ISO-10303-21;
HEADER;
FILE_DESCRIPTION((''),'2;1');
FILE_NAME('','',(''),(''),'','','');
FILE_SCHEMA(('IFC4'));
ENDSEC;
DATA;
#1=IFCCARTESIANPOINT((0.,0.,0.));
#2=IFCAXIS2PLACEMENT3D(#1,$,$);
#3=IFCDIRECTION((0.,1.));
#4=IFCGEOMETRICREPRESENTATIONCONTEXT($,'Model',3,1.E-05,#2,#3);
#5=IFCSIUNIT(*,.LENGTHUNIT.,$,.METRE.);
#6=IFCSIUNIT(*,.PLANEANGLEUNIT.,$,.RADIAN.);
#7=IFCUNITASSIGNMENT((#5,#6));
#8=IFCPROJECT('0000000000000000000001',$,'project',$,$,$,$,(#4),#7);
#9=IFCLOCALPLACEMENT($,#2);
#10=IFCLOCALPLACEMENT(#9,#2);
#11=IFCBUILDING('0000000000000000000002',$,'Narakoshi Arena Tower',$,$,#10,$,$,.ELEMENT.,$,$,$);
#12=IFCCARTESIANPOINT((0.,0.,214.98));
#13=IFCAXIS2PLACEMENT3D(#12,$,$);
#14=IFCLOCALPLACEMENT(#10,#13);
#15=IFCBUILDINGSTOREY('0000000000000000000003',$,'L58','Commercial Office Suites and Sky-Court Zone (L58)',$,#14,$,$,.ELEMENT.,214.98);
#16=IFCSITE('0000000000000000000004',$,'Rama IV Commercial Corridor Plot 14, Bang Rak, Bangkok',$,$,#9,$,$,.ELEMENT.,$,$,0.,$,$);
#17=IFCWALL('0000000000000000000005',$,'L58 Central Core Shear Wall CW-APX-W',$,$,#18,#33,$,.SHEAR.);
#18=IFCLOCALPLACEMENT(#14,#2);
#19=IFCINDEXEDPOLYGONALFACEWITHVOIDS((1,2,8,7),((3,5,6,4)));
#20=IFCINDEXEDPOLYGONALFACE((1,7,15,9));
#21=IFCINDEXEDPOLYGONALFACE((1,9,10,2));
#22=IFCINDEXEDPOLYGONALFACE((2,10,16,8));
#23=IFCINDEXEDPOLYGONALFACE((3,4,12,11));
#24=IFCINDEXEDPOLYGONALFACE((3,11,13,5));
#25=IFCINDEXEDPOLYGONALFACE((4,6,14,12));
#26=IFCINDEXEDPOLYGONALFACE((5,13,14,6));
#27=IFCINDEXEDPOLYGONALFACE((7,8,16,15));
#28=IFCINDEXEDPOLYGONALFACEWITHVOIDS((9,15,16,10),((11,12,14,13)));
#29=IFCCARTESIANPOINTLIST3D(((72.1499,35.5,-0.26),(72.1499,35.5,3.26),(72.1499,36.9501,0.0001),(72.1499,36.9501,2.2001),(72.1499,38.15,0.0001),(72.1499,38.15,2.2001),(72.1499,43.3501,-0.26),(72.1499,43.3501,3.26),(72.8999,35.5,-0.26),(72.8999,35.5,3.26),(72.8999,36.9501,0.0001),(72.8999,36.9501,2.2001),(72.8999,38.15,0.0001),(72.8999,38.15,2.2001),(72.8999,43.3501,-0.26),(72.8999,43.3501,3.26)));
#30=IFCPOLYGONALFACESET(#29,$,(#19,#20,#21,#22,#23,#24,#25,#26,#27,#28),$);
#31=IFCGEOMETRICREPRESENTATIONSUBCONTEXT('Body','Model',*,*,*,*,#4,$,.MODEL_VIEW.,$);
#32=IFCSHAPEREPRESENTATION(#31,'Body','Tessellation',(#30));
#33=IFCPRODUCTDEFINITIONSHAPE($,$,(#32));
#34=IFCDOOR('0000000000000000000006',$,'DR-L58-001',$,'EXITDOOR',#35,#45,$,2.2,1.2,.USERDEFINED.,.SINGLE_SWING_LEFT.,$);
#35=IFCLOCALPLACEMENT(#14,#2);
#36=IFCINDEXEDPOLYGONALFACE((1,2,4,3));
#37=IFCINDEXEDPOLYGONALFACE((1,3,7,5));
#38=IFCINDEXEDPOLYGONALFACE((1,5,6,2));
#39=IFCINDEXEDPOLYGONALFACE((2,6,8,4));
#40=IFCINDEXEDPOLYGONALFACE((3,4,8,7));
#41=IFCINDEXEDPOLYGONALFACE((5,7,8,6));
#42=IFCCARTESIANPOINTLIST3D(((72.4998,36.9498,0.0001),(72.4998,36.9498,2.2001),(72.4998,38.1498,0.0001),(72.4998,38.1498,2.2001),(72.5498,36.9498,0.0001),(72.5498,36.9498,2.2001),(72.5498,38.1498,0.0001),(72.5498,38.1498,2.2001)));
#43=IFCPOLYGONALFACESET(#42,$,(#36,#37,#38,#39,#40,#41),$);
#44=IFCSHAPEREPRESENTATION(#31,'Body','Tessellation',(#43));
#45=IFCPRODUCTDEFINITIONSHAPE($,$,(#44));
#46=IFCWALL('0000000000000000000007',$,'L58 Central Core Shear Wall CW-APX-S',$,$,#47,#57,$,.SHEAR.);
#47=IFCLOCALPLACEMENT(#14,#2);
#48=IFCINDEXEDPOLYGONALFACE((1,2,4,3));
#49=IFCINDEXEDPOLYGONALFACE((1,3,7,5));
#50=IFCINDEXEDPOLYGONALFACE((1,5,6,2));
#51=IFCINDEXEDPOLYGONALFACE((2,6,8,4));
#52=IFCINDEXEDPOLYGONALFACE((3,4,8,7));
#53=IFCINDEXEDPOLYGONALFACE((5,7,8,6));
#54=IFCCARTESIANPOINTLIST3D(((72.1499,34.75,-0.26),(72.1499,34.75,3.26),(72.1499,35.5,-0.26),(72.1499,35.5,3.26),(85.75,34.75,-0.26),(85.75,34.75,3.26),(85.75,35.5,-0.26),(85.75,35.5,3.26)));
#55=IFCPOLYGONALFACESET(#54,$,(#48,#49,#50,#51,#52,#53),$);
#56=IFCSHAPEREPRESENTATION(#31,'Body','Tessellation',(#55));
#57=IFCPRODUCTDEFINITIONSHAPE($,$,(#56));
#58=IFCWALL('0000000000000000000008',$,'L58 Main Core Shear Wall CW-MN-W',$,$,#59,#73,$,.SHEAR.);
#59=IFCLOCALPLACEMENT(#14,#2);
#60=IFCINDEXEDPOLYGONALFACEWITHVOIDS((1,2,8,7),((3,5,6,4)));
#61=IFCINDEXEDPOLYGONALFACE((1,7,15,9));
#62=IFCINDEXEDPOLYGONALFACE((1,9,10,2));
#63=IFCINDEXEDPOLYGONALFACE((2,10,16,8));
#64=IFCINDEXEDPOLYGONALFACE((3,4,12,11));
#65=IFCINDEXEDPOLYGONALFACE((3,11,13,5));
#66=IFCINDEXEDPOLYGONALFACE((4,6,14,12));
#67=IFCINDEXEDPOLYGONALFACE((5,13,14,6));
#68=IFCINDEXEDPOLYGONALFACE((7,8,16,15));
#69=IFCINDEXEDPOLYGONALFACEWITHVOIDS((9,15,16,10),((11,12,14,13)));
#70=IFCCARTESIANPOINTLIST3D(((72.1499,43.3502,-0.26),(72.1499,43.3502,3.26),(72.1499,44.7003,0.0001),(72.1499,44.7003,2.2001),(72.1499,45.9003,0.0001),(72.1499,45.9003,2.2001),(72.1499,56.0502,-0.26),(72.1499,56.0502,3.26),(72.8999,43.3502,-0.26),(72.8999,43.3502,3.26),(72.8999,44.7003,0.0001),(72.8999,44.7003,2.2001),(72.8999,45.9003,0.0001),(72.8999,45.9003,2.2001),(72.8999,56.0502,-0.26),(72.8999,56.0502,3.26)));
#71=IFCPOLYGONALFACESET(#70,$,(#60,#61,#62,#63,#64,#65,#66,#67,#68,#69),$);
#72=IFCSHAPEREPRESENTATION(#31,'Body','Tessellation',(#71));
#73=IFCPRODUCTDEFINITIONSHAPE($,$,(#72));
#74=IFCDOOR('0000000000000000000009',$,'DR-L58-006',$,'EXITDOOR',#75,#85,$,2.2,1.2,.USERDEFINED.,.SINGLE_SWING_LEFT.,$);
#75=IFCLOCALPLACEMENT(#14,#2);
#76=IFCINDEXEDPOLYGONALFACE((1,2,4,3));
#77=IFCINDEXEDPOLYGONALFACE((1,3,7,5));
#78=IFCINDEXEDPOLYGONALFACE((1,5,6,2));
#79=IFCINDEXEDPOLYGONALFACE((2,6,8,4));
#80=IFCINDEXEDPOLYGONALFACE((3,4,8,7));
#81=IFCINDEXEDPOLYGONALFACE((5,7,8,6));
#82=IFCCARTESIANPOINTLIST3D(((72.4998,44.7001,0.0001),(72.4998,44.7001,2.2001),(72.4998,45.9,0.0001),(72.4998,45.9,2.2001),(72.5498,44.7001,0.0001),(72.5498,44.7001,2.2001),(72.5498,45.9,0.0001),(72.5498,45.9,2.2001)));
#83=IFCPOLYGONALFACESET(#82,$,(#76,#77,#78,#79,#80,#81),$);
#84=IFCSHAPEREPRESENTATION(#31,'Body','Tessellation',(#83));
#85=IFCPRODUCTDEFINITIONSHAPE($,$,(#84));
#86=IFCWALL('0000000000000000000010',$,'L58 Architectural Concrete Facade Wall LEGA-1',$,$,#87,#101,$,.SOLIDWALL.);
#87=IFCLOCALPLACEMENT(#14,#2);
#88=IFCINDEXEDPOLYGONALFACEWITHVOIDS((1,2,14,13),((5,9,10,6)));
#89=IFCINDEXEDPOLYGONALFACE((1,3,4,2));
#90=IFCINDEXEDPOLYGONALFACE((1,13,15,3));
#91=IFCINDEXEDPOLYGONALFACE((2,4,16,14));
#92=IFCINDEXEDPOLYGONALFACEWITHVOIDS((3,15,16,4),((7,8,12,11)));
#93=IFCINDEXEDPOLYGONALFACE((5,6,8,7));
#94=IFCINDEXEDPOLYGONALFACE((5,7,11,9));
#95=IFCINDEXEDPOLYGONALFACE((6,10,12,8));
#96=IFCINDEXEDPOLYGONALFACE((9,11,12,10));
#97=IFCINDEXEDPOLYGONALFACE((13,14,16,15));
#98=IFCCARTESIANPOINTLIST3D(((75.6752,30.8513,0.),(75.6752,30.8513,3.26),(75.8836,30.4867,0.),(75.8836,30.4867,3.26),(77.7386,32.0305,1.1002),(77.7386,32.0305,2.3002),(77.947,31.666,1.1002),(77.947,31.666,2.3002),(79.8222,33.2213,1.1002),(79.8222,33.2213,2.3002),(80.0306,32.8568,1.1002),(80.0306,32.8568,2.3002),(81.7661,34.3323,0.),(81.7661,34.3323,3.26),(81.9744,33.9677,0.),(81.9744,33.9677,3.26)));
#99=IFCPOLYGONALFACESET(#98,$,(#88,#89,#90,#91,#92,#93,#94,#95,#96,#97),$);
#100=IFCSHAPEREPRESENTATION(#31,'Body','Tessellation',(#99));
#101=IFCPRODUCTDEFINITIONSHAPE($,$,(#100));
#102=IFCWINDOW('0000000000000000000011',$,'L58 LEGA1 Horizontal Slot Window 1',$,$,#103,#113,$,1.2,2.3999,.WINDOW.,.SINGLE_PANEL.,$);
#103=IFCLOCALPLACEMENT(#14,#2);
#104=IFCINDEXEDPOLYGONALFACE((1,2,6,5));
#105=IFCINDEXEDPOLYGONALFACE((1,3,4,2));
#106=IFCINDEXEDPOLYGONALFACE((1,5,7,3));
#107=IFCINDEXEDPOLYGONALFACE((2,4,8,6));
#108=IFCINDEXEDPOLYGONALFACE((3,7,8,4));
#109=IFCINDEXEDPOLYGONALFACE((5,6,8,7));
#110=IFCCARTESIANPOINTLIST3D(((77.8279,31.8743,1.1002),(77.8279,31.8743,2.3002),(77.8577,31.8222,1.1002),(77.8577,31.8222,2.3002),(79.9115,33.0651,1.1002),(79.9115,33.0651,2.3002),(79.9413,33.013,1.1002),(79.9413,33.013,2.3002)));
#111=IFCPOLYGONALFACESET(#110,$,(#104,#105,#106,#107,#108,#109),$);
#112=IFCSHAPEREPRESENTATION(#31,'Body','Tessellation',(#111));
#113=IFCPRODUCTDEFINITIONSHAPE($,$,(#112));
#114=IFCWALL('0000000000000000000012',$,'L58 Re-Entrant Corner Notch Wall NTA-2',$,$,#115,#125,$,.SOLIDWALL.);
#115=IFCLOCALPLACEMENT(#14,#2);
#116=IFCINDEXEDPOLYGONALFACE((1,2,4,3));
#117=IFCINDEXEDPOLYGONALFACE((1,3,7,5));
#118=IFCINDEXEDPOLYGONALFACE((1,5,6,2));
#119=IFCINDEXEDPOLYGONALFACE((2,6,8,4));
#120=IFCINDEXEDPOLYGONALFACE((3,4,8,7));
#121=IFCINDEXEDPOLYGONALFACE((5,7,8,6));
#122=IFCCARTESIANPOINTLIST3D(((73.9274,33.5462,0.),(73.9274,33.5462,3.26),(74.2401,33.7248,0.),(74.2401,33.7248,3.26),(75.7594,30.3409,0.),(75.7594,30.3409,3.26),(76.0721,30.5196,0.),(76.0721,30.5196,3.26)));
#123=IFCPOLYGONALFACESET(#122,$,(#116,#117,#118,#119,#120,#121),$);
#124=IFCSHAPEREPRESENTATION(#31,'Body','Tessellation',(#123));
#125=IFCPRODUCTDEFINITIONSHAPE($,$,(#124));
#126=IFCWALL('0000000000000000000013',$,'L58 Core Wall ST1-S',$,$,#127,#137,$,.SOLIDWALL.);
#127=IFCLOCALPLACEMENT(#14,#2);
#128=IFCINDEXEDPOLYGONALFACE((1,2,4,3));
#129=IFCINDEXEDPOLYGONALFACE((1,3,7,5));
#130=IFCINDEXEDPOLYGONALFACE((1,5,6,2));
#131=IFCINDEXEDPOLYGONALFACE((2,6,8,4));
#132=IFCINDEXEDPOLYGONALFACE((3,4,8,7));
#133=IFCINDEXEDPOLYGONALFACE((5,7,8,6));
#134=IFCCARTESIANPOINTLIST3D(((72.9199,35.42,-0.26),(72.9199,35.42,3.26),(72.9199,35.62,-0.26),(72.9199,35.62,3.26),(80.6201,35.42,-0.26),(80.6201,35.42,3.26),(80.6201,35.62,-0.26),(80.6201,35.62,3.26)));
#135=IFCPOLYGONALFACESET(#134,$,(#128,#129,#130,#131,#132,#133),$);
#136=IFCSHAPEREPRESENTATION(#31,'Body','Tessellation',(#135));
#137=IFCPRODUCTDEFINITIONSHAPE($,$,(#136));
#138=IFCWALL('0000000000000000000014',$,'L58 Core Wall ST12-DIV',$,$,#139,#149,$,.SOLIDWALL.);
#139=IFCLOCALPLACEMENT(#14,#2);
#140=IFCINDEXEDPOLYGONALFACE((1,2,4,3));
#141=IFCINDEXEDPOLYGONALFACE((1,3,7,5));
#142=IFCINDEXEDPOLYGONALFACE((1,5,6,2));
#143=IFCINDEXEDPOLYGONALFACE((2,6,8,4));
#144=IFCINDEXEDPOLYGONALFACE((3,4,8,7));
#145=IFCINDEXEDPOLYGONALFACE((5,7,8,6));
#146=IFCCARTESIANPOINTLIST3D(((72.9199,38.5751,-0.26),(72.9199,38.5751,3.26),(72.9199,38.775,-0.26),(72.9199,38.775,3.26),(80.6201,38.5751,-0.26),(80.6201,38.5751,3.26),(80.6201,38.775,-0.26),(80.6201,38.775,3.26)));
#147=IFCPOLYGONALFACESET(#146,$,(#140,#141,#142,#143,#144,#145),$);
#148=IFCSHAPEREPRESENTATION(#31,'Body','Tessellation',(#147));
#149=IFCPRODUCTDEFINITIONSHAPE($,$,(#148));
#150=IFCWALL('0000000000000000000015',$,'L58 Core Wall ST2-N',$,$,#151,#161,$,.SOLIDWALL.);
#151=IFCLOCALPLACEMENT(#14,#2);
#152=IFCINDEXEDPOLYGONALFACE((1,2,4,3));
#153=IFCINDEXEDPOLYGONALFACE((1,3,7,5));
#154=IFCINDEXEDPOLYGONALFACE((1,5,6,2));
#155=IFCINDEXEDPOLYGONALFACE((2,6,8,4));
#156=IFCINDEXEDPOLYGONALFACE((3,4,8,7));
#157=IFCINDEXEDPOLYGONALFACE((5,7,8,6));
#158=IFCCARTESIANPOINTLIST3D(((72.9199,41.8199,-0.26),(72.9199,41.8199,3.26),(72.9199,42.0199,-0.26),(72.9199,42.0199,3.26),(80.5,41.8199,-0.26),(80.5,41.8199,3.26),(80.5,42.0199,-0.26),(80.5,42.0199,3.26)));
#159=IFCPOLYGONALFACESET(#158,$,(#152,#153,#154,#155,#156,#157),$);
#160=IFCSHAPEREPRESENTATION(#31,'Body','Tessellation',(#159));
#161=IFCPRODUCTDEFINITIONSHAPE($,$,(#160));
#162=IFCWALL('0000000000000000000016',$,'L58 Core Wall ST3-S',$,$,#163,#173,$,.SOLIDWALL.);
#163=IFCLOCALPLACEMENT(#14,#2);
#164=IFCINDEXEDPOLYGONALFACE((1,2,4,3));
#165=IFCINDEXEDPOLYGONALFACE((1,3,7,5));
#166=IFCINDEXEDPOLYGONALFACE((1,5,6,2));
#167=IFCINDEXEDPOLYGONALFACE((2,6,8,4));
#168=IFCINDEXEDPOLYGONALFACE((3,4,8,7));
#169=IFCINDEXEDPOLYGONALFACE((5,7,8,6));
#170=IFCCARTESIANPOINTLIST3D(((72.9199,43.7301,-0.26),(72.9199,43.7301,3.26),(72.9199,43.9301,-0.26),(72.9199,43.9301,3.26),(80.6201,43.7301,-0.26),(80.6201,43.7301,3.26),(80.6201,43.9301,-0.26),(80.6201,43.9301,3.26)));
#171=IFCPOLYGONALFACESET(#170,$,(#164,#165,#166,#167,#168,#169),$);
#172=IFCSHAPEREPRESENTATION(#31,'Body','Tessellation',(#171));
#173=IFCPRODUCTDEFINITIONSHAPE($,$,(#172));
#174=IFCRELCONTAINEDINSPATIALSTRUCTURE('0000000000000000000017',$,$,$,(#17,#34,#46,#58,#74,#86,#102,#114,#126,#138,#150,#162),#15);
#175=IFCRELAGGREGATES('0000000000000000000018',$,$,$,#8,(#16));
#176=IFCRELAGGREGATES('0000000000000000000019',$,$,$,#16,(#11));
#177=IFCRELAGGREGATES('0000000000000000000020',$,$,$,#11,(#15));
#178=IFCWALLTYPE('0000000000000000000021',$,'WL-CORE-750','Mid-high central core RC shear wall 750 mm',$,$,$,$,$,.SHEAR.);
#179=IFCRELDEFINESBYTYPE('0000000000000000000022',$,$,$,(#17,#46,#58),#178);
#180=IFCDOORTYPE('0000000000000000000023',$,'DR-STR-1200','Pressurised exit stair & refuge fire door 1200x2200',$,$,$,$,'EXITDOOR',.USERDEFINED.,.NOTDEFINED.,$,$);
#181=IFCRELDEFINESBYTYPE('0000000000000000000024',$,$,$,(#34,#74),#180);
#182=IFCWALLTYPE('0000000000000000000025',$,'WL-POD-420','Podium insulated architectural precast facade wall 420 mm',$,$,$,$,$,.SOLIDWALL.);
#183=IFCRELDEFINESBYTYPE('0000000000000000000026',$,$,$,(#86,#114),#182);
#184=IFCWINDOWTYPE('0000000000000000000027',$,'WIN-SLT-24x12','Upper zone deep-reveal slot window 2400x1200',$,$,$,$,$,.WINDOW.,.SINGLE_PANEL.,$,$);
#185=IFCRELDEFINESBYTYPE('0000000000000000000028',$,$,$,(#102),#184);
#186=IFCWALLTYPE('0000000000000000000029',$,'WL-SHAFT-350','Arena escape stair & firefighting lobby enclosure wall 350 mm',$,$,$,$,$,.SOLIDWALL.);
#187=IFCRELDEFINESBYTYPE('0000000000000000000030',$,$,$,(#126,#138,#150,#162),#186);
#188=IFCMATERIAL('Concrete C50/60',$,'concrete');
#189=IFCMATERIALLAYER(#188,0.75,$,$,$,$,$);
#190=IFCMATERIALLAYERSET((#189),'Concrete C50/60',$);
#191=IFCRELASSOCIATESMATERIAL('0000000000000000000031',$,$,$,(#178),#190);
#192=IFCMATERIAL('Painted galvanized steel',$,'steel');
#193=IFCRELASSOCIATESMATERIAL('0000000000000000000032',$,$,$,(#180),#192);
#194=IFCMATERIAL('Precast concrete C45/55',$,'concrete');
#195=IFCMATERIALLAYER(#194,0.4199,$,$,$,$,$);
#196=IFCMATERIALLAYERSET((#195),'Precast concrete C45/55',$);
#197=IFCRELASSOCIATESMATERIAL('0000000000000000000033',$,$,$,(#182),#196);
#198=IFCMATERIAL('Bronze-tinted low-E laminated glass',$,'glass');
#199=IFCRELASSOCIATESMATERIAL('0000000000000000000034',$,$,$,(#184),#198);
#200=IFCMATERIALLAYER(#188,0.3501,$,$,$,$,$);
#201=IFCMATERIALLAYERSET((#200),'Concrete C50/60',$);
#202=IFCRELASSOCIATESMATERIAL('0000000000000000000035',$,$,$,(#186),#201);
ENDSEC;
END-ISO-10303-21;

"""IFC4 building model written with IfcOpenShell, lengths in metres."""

from ifc_helpers import new_model, si_unit, direction, frame, frame_2d, origin, place, context, subcontext, project, spatial, rectangle, extrude, material, layer, layer_set, type_object, element, fill, save


model = new_model("IFC4")

# Units and contexts
model_context = context("Model", 3, precision=1e-05, world=origin(), true_north=direction((0.0, 1.0)))
body_context = subcontext(model_context, "Body", "Model", "MODEL_VIEW")
ifc_project = project(units=[si_unit("LENGTHUNIT", "METRE"), si_unit("PLANEANGLEUNIT", "RADIAN")], contexts=[model_context])

# Site, building, storey
site_placement = place(None, origin())
site = spatial("IfcSite", under=ifc_project, at=site_placement, Name="Rama IV Commercial Corridor Plot 14, Bang Rak, Bangkok", CompositionType="ELEMENT", RefElevation=0.0)
building_placement = place(site_placement, origin())
building = spatial("IfcBuilding", under=site, at=building_placement, Name="Narakoshi Arena Tower", CompositionType="ELEMENT")
storey_placement = place(building_placement, frame((0.0, 0.0, 214.98)))
storey = spatial("IfcBuildingStorey", under=building, at=storey_placement, Name="L58", Description="Commercial Office Suites and Sky-Court Zone (L58)", CompositionType="ELEMENT", Elevation=214.98)

# Wall, opening, door
ifc_material_1 = material(Name="Concrete C50/60", Category="concrete")
ifc_layer_1 = layer(ifc_material_1, 0.75)
ifc_layer_set_1 = layer_set([ifc_layer_1], Name="Concrete C50/60")
wall_type_1 = type_object("IfcWallType", Name="WL-CORE-750", Description="Mid-high central core RC shear wall 750 mm", PredefinedType="SHEAR", material=ifc_layer_set_1)
wall_1_placement = place(storey_placement, frame((72.5249, 35.5, -0.26), z_axis=(0.0, 0.0, 1.0), x_axis=(0.0, 1.0, 0.0)))
wall_1 = element("IfcWall", 1, at=wall_1_placement, inside=storey, type_object=wall_type_1, Name="L58 Central Core Shear Wall CW-APX-W", PredefinedType="SHEAR", context=body_context, shape_type="SweptSolid", body=[
    extrude(rectangle(XDim=7.8501, YDim=0.75, at=frame_2d((3.925, 0.0))), origin(), (0.0, 0.0, 1.0), 3.52),
])
opening_1_placement = place(wall_1_placement, frame((1.45, 0.0, 0.26)))
opening_1 = element("IfcOpeningElement", 2, at=opening_1_placement, cuts=wall_1, PredefinedType="OPENING", context=body_context, shape_type="SweptSolid", body=[
    extrude(rectangle(XDim=1.2, YDim=2.2, at=frame_2d((0.6001, 1.1001))), frame((0.0, 0.385, 0.0), z_axis=(0.0, -1.0, 0.0), x_axis=(1.0, 0.0, 0.0)), (0.0, 0.0, 1.0), 0.77),
])
ifc_material_2 = material(Name="Painted galvanized steel", Category="steel")
door_type = type_object("IfcDoorType", Name="DR-STR-1200", Description="Pressurised exit stair & refuge fire door 1200x2200", ElementType="EXITDOOR", OperationType="NOTDEFINED", PredefinedType="USERDEFINED", material=ifc_material_2)
door_1_placement = place(opening_1_placement, frame((1.2, 0.0, 0.0), z_axis=(0.0, 0.0, 1.0), x_axis=(-1.0, 0.0, 0.0)))
door_1 = element("IfcDoor", 3, at=door_1_placement, inside=storey, type_object=door_type, Name="DR-L58-001", ObjectType="EXITDOOR", OperationType="SINGLE_SWING_LEFT", OverallHeight=2.2, OverallWidth=1.2, PredefinedType="USERDEFINED", context=body_context, shape_type="SweptSolid", body=[
    extrude(rectangle(XDim=1.2, YDim=2.2, at=frame_2d((0.6001, 1.1001))), frame((0.0, 0.0249, 0.0), z_axis=(0.0, -1.0, 0.0), x_axis=(1.0, 0.0, 0.0)), (0.0, 0.0, 1.0), 0.05),
])
fill(opening_1, door_1)

# Wall
wall_2_placement = place(storey_placement, frame((72.1499, 35.125, -0.26), z_axis=(0.0, 0.0, 1.0), x_axis=(1.0, 0.0, 0.0)))
element("IfcWall", 4, at=wall_2_placement, inside=storey, type_object=wall_type_1, Name="L58 Central Core Shear Wall CW-APX-S", PredefinedType="SHEAR", context=body_context, shape_type="SweptSolid", body=[
    extrude(rectangle(XDim=13.6001, YDim=0.75, at=frame_2d((6.8, 0.0))), origin(), (0.0, 0.0, 1.0), 3.52),
])

# Wall, opening, door
wall_3_placement = place(storey_placement, frame((72.5249, 43.3501, -0.26), z_axis=(0.0, 0.0, 1.0), x_axis=(0.0, 1.0, 0.0)))
wall_3 = element("IfcWall", 5, at=wall_3_placement, inside=storey, type_object=wall_type_1, Name="L58 Main Core Shear Wall CW-MN-W", PredefinedType="SHEAR", context=body_context, shape_type="SweptSolid", body=[
    extrude(rectangle(XDim=12.7, YDim=0.75, at=frame_2d((6.3501, 0.0))), origin(), (0.0, 0.0, 1.0), 3.52),
])
opening_2_placement = place(wall_3_placement, frame((1.3501, 0.0, 0.26)))
opening_2 = element("IfcOpeningElement", 6, at=opening_2_placement, cuts=wall_3, PredefinedType="OPENING", context=body_context, shape_type="SweptSolid", body=[
    extrude(rectangle(XDim=1.2, YDim=2.2, at=frame_2d((0.6001, 1.1001))), frame((0.0, 0.385, 0.0), z_axis=(0.0, -1.0, 0.0), x_axis=(1.0, 0.0, 0.0)), (0.0, 0.0, 1.0), 0.77),
])
door_2_placement = place(opening_2_placement, frame((1.2, 0.0, 0.0), z_axis=(0.0, 0.0, 1.0), x_axis=(-1.0, 0.0, 0.0)))
door_2 = element("IfcDoor", 7, at=door_2_placement, inside=storey, type_object=door_type, Name="DR-L58-006", ObjectType="EXITDOOR", OperationType="SINGLE_SWING_LEFT", OverallHeight=2.2, OverallWidth=1.2, PredefinedType="USERDEFINED", context=body_context, shape_type="SweptSolid", body=[
    extrude(rectangle(XDim=1.2, YDim=2.2, at=frame_2d((0.6001, 1.1001))), frame((0.0, 0.0249, 0.0), z_axis=(0.0, -1.0, 0.0), x_axis=(1.0, 0.0, 0.0)), (0.0, 0.0, 1.0), 0.05),
])
fill(opening_2, door_2)

# Wall, opening, window
ifc_material_3 = material(Name="Precast concrete C45/55", Category="concrete")
ifc_layer_2 = layer(ifc_material_3, 0.4199)
ifc_layer_set_2 = layer_set([ifc_layer_2], Name="Precast concrete C45/55")
wall_type_2 = type_object("IfcWallType", Name="WL-POD-420", Description="Podium insulated architectural precast facade wall 420 mm", PredefinedType="SOLIDWALL", material=ifc_layer_set_2)
wall_4_placement = place(storey_placement, frame((75.7793, 30.6689, 0.0), z_axis=(0.0, 0.0, 1.0), x_axis=(0.868213, 0.496191, 0.0)))
wall_4 = element("IfcWall", 8, at=wall_4_placement, inside=storey, type_object=wall_type_2, Name="L58 Architectural Concrete Facade Wall LEGA-1", PredefinedType="SOLIDWALL", context=body_context, shape_type="SweptSolid", body=[
    extrude(rectangle(XDim=7.0154, YDim=0.4199, at=frame_2d((3.5078, 0.0))), origin(), (0.0, 0.0, 1.0), 3.26),
])
opening_3_placement = place(wall_4_placement, frame((2.3767, 0.0, 1.1001)))
opening_3 = element("IfcOpeningElement", 9, at=opening_3_placement, cuts=wall_4, PredefinedType="OPENING", context=body_context, shape_type="SweptSolid", body=[
    extrude(rectangle(XDim=2.3999, YDim=1.2, at=frame_2d((1.2, 0.6001))), frame((0.0, 0.22, 0.0), z_axis=(0.0, -1.0, 0.0), x_axis=(1.0, 0.0, 0.0)), (0.0, 0.0, 1.0), 0.4399),
])
ifc_material_4 = material(Name="Bronze-tinted low-E laminated glass", Category="glass")
window_type = type_object("IfcWindowType", Name="WIN-SLT-24x12", Description="Upper zone deep-reveal slot window 2400x1200", PartitioningType="SINGLE_PANEL", PredefinedType="WINDOW", material=ifc_material_4)
window_placement = place(opening_3_placement, origin())
window = element("IfcWindow", 10, at=window_placement, inside=storey, type_object=window_type, Name="L58 LEGA1 Horizontal Slot Window 1", OverallHeight=1.2, OverallWidth=2.3999, PartitioningType="SINGLE_PANEL", PredefinedType="WINDOW", context=body_context, shape_type="SweptSolid", body=[
    extrude(rectangle(XDim=2.3999, YDim=1.2, at=frame_2d((1.2, 0.6001))), frame((0.0, 0.03, 0.0), z_axis=(0.0, -1.0, 0.0), x_axis=(1.0, 0.0, 0.0)), (0.0, 0.0, 1.0), 0.0601),
])
fill(opening_3, window)

# Walls
wall_5_placement = place(storey_placement, frame((74.0837, 33.6355, 0.0), z_axis=(0.0, 0.0, 1.0), x_axis=(0.496224, -0.868194, 0.0)))
element("IfcWall", 11, at=wall_5_placement, inside=storey, type_object=wall_type_2, Name="L58 Re-Entrant Corner Notch Wall NTA-2", PredefinedType="SOLIDWALL", context=body_context, shape_type="SweptSolid", body=[
    extrude(rectangle(XDim=3.6919, YDim=0.3601, at=frame_2d((1.8459, 0.0))), origin(), (0.0, 0.0, 1.0), 3.26),
])
ifc_layer_3 = layer(ifc_material_1, 0.3501)
ifc_layer_set_3 = layer_set([ifc_layer_3], Name="Concrete C50/60")
wall_type_3 = type_object("IfcWallType", Name="WL-SHAFT-350", Description="Arena escape stair & firefighting lobby enclosure wall 350 mm", PredefinedType="SOLIDWALL", material=ifc_layer_set_3)
for number, where, z_axis, x_axis, name in (
    (12, (72.9199, 35.52, -0.26), (0.0, 0.0, 1.0), (1.0, 0.0, 0.0), "L58 Core Wall ST1-S"),
    (13, (72.9199, 38.675, -0.26), (0.0, 0.0, 1.0), (1.0, 0.0, 0.0), "L58 Core Wall ST12-DIV"),
):
    element("IfcWall", number, at=place(storey_placement, frame(where, z_axis=z_axis, x_axis=x_axis)), inside=storey, type_object=wall_type_3, Name=name, PredefinedType="SOLIDWALL", context=body_context, shape_type="SweptSolid", body=[
        extrude(rectangle(XDim=7.7002, YDim=0.2, at=frame_2d((3.8501, 0.0))), origin(), (0.0, 0.0, 1.0), 3.52),
    ])
wall_6_placement = place(storey_placement, frame((72.9199, 41.9199, -0.26), z_axis=(0.0, 0.0, 1.0), x_axis=(1.0, 0.0, 0.0)))
element("IfcWall", 14, at=wall_6_placement, inside=storey, type_object=wall_type_3, Name="L58 Core Wall ST2-N", PredefinedType="SOLIDWALL", context=body_context, shape_type="SweptSolid", body=[
    extrude(rectangle(XDim=7.5801, YDim=0.2, at=frame_2d((3.79, 0.0))), origin(), (0.0, 0.0, 1.0), 3.52),
])
wall_7_placement = place(storey_placement, frame((72.9199, 43.8301, -0.26), z_axis=(0.0, 0.0, 1.0), x_axis=(1.0, 0.0, 0.0)))
element("IfcWall", 15, at=wall_7_placement, inside=storey, type_object=wall_type_3, Name="L58 Core Wall ST3-S", PredefinedType="SOLIDWALL", context=body_context, shape_type="SweptSolid", body=[
    extrude(rectangle(XDim=7.7002, YDim=0.2, at=frame_2d((3.8501, 0.0))), origin(), (0.0, 0.0, 1.0), 3.52),
])

save(model, "model.ifc")
